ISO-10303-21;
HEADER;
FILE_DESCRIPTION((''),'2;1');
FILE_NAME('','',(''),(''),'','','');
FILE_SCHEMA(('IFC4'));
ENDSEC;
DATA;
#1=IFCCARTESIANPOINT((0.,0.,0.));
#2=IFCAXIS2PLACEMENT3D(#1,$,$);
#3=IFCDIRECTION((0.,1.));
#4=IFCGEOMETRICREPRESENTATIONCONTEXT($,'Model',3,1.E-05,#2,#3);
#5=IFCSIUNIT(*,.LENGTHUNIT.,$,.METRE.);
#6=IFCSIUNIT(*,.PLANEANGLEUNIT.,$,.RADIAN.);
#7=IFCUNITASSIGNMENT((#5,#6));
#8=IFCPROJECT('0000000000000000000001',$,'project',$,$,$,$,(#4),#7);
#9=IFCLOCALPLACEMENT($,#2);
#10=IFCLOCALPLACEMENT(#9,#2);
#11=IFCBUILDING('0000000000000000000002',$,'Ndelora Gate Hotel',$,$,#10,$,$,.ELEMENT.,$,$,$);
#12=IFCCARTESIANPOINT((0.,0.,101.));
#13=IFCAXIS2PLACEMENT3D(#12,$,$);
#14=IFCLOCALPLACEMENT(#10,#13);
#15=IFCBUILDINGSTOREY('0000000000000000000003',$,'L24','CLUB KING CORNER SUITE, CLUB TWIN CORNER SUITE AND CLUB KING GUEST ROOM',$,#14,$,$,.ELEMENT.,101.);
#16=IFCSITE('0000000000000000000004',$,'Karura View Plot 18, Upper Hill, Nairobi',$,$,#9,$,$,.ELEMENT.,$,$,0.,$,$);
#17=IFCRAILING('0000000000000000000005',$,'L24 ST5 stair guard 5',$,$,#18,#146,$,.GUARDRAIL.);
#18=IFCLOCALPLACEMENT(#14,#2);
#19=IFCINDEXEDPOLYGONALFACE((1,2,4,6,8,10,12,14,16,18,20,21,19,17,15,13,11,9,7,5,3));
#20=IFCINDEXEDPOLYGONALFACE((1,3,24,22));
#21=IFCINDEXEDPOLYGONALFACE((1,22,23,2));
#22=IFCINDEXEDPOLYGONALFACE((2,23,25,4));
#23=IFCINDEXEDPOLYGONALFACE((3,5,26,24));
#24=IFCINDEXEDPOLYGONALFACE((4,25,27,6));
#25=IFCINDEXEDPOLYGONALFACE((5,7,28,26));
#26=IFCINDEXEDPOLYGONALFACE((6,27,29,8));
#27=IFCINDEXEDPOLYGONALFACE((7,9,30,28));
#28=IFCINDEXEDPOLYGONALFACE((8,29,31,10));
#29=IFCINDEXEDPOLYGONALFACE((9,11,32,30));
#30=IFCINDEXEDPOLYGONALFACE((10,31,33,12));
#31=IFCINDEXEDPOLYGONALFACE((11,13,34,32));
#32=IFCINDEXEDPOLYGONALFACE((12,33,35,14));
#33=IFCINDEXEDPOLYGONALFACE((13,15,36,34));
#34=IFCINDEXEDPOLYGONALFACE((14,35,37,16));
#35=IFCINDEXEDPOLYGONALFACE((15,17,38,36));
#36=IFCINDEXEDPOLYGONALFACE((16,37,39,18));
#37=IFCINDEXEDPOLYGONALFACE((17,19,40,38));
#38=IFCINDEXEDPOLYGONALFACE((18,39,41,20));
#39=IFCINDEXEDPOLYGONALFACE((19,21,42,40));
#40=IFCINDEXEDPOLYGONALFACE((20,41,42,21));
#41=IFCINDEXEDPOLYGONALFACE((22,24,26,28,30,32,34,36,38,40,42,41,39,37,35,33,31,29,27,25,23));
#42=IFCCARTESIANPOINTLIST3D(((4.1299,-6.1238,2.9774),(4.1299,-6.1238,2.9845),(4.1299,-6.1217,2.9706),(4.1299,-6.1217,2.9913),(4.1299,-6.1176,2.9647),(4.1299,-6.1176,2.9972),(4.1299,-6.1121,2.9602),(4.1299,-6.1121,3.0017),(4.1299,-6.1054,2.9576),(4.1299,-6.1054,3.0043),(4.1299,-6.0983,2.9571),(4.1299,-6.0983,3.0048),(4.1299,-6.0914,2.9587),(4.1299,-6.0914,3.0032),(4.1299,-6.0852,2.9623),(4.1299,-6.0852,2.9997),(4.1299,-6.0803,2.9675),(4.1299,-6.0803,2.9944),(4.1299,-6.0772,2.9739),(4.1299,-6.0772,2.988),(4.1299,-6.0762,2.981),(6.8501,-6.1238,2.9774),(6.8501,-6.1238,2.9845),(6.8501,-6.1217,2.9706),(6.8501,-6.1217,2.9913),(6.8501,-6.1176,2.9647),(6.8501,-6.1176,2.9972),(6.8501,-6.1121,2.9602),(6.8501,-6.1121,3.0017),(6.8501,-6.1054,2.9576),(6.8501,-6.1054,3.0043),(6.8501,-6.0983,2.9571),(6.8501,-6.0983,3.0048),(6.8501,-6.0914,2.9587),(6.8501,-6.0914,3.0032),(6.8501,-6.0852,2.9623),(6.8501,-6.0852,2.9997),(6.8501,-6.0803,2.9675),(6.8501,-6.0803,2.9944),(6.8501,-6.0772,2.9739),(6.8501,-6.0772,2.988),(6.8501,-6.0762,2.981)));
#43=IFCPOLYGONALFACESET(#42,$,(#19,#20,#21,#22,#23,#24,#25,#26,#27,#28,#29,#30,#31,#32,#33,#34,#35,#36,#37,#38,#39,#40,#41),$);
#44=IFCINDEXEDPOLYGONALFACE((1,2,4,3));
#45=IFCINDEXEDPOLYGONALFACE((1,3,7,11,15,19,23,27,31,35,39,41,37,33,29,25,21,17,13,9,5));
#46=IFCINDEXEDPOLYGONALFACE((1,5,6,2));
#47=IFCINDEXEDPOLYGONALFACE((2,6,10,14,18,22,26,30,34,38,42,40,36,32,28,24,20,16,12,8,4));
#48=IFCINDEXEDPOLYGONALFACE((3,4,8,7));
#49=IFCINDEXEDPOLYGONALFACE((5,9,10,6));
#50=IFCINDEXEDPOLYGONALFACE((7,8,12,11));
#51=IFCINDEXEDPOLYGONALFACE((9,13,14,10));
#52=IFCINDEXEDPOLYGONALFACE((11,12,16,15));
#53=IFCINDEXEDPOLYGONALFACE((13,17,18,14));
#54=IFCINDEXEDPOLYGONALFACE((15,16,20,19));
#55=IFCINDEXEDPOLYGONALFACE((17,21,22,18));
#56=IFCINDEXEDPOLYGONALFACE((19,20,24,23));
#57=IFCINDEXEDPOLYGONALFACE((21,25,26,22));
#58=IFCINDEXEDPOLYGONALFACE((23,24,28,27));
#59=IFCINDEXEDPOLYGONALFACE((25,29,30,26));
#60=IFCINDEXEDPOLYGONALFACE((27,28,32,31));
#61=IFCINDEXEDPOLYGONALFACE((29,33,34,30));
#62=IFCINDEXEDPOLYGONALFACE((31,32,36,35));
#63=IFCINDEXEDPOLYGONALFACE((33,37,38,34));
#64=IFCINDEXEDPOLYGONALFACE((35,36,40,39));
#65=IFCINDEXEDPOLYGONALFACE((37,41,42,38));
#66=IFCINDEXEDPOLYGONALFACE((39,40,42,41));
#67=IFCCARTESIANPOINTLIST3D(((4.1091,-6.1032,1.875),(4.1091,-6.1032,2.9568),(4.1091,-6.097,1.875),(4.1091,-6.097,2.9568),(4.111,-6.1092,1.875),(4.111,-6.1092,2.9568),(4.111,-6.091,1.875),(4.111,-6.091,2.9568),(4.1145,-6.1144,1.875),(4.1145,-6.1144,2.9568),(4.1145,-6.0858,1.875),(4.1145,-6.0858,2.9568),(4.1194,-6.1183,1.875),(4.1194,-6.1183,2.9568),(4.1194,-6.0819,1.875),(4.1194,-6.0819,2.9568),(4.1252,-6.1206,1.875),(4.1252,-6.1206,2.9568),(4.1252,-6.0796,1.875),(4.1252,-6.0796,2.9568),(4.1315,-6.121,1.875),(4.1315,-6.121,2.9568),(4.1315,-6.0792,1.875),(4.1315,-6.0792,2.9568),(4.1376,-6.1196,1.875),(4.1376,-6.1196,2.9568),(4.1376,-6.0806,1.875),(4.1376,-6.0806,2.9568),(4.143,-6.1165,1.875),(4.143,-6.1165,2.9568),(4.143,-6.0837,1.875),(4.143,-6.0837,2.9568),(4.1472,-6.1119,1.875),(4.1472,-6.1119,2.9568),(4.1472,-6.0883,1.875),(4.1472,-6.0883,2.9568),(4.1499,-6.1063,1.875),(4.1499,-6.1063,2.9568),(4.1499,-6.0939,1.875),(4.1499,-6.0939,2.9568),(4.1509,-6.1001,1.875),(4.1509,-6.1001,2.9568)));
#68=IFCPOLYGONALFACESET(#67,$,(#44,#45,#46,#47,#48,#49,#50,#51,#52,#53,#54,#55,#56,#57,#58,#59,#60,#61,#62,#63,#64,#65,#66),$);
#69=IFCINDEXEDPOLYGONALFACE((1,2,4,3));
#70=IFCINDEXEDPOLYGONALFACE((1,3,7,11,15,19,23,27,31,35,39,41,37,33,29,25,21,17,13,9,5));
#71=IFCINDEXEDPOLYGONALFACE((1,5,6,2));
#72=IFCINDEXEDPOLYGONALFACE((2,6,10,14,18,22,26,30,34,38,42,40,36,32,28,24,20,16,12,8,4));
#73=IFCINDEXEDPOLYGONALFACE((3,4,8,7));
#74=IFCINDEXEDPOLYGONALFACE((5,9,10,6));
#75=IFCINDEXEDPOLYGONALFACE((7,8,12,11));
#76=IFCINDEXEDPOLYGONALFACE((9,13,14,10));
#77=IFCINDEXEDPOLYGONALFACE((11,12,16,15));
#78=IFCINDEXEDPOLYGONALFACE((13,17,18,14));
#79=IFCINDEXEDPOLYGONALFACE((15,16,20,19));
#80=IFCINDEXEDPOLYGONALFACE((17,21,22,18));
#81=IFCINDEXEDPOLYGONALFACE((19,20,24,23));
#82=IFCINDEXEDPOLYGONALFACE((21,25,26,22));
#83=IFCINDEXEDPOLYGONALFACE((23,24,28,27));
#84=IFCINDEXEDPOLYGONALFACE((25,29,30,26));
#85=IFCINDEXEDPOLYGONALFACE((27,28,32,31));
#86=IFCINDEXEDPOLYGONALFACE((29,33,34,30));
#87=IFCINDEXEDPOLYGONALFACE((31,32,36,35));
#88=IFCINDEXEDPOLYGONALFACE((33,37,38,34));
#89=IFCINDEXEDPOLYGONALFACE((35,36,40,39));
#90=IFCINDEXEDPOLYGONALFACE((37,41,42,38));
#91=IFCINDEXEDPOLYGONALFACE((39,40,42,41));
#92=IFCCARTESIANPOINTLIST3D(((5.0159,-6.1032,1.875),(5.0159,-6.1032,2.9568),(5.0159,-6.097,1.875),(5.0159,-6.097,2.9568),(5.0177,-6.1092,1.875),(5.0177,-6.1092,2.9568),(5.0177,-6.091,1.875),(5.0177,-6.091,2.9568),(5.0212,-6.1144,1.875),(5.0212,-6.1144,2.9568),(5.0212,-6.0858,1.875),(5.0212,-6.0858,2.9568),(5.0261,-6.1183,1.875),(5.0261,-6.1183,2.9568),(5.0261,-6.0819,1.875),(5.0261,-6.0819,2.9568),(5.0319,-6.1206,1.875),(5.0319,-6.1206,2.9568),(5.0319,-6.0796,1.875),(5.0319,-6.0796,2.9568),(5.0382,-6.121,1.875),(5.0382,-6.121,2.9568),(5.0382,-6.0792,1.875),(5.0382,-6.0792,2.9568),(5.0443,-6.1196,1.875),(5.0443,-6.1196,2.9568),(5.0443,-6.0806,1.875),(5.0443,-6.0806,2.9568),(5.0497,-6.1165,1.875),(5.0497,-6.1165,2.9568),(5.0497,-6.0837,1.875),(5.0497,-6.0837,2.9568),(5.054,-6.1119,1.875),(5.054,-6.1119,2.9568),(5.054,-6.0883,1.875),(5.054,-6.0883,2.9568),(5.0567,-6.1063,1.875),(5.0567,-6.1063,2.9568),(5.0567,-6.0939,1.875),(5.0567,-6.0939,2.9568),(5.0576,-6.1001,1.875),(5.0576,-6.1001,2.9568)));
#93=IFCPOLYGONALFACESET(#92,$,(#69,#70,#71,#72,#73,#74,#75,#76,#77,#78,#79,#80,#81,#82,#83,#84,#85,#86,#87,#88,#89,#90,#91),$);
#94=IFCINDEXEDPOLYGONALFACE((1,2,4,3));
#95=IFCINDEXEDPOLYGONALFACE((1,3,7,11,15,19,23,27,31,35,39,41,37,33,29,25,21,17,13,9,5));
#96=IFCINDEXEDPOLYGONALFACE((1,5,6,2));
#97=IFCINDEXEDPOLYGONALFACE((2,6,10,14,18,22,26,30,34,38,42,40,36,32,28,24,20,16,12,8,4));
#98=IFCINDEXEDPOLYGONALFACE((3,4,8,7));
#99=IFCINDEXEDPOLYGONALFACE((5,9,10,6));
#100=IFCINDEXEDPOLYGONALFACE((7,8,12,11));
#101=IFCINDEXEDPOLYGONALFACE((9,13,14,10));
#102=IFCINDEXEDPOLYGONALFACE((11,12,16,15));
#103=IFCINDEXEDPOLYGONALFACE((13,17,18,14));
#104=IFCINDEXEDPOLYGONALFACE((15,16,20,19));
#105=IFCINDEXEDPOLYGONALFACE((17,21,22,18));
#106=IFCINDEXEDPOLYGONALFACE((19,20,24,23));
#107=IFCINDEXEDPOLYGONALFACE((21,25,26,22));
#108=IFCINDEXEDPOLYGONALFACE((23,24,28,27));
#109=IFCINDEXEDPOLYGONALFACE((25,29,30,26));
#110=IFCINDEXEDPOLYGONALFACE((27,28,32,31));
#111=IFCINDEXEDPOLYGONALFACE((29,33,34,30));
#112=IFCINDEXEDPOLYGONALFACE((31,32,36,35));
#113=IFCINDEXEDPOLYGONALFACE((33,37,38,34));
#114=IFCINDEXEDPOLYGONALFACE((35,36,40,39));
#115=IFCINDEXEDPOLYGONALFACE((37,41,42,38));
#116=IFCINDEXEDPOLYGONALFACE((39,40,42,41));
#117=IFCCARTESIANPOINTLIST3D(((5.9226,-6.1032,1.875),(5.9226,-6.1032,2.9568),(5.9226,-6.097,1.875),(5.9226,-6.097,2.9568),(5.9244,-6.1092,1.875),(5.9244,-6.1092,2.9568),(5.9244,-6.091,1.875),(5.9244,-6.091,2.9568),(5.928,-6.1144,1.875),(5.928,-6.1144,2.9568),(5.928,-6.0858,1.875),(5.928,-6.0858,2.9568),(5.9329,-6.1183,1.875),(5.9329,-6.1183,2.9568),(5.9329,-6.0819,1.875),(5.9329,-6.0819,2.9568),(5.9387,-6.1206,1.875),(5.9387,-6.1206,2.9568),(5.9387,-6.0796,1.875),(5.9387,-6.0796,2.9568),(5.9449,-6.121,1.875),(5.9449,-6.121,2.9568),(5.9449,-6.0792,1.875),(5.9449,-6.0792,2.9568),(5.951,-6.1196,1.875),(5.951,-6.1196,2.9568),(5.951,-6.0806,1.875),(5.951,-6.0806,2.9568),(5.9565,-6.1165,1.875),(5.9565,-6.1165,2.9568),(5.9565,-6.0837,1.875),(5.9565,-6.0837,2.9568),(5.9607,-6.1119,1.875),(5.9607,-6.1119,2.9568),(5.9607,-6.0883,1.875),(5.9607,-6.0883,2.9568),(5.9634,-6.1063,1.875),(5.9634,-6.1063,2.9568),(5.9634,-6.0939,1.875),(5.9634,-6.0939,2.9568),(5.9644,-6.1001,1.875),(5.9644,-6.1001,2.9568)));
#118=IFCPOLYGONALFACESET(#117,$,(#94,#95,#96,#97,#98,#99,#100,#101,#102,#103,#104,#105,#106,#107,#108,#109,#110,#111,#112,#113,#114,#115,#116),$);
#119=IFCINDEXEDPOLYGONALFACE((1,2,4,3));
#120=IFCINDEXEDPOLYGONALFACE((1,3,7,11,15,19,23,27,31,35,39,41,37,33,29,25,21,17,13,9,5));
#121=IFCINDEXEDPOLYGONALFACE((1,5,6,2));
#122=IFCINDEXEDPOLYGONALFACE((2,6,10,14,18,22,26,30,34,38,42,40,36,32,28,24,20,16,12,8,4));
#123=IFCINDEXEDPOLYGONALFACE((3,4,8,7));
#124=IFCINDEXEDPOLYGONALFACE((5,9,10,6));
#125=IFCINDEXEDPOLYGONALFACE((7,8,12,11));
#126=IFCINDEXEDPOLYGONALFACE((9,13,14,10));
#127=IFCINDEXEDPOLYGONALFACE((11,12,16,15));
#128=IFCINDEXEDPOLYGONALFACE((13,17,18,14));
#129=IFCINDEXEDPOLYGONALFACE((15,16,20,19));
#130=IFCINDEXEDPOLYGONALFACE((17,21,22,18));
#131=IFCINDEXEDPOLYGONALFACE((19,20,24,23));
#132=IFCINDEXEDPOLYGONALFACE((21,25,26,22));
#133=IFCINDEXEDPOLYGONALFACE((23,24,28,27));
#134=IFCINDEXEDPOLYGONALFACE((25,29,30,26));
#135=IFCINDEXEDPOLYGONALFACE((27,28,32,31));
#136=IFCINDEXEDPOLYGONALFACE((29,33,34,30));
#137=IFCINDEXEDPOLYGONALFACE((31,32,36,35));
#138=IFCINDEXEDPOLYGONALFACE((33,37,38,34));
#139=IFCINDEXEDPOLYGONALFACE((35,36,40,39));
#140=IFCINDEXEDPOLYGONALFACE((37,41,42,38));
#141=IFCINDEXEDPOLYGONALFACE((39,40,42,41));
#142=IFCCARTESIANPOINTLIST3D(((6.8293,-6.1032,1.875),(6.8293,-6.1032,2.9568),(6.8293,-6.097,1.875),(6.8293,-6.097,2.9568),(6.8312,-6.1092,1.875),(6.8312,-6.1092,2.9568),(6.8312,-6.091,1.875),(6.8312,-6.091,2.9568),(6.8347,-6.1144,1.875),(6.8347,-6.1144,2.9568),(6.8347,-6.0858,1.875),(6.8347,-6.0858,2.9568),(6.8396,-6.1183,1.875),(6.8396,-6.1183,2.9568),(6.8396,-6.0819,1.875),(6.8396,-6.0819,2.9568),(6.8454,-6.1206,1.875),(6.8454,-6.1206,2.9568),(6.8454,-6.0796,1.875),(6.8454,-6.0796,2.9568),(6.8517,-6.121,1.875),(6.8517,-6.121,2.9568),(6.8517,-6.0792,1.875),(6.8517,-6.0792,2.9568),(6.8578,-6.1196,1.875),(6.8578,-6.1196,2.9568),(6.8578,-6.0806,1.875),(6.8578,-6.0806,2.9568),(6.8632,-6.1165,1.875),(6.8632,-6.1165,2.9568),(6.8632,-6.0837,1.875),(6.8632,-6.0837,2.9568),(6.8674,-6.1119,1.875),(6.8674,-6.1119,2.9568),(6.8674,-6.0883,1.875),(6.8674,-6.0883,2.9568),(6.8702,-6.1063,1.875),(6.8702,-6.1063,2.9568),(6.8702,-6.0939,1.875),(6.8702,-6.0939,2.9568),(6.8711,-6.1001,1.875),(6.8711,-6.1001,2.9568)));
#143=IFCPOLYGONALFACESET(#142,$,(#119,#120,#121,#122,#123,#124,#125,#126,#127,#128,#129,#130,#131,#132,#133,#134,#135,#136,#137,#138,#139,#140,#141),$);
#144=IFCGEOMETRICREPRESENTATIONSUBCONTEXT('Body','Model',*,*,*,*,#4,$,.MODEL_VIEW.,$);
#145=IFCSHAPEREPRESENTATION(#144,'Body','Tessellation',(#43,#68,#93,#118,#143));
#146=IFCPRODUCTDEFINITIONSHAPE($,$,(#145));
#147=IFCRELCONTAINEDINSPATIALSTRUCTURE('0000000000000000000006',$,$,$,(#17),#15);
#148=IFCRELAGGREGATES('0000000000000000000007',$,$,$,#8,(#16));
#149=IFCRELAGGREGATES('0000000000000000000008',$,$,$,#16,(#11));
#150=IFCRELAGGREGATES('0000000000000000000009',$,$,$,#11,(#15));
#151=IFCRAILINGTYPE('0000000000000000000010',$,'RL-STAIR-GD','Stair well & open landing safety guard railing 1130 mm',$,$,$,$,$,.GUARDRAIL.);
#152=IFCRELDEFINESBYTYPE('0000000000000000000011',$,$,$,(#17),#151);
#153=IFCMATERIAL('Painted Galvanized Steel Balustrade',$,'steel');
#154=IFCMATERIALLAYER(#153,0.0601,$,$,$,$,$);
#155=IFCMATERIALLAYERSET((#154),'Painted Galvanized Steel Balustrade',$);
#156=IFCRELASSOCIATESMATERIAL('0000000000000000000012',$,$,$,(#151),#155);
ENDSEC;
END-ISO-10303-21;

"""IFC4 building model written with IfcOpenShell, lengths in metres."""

from ifc_helpers import new_model, si_unit, direction, frame, origin, origin_2d, place, context, subcontext, project, spatial, circle, extrude, material, layer, layer_set, type_object, element, save


model = new_model("IFC4")

# Units and contexts
model_context = context("Model", 3, precision=1e-05, world=origin(), true_north=direction((0.0, 1.0)))
body_context = subcontext(model_context, "Body", "Model", "MODEL_VIEW")
ifc_project = project(units=[si_unit("LENGTHUNIT", "METRE"), si_unit("PLANEANGLEUNIT", "RADIAN")], contexts=[model_context])

# Site, building, storey
site_placement = place(None, origin())
site = spatial("IfcSite", under=ifc_project, at=site_placement, Name="Karura View Plot 18, Upper Hill, Nairobi", CompositionType="ELEMENT", RefElevation=0.0)
building_placement = place(site_placement, origin())
building = spatial("IfcBuilding", under=site, at=building_placement, Name="Ndelora Gate Hotel", CompositionType="ELEMENT")
storey_placement = place(building_placement, frame((0.0, 0.0, 101.0)))
storey = spatial("IfcBuildingStorey", under=building, at=storey_placement, Name="L24", Description="CLUB KING CORNER SUITE, CLUB TWIN CORNER SUITE AND CLUB KING GUEST ROOM", CompositionType="ELEMENT", Elevation=101.0)

# Railing
ifc_material_1 = material(Name="Painted Galvanized Steel Balustrade", Category="steel")
ifc_layer_1 = layer(ifc_material_1, 0.0601)
ifc_layer_set_1 = layer_set([ifc_layer_1], Name="Painted Galvanized Steel Balustrade")
railing_type_1 = type_object("IfcRailingType", Name="RL-STAIR-GD", Description="Stair well & open landing safety guard railing 1130 mm", PredefinedType="GUARDRAIL", material=ifc_layer_set_1)
railing_1_placement = place(storey_placement, frame((4.1299, -6.1001, 1.875)))
element("IfcRailing", 1, at=railing_1_placement, inside=storey, type_object=railing_type_1, Name="L24 ST5 stair guard 5", PredefinedType="GUARDRAIL", context=body_context, shape_type="SweptSolid", body=[
    extrude(circle(Radius=0.0239, at=origin_2d()), frame((0.0, 0.0, 1.106), z_axis=(1.0, 0.0, 0.0), x_axis=(0.0, 1.0, 0.0)), (0.0, 0.0, 1.0), 2.7202),
    extrude(circle(Radius=0.021, at=origin_2d()), origin(), (0.0, 0.0, 1.0), 1.0818),
    extrude(circle(Radius=0.021, at=origin_2d()), frame((0.9067, 0.0, 0.0)), (0.0, 0.0, 1.0), 1.0818),
    extrude(circle(Radius=0.021, at=origin_2d()), frame((1.8135, 0.0, 0.0)), (0.0, 0.0, 1.0), 1.0818),
    extrude(circle(Radius=0.021, at=origin_2d()), frame((2.7202, 0.0, 0.0)), (0.0, 0.0, 1.0), 1.0818),
])

save(model, "model.ifc")
